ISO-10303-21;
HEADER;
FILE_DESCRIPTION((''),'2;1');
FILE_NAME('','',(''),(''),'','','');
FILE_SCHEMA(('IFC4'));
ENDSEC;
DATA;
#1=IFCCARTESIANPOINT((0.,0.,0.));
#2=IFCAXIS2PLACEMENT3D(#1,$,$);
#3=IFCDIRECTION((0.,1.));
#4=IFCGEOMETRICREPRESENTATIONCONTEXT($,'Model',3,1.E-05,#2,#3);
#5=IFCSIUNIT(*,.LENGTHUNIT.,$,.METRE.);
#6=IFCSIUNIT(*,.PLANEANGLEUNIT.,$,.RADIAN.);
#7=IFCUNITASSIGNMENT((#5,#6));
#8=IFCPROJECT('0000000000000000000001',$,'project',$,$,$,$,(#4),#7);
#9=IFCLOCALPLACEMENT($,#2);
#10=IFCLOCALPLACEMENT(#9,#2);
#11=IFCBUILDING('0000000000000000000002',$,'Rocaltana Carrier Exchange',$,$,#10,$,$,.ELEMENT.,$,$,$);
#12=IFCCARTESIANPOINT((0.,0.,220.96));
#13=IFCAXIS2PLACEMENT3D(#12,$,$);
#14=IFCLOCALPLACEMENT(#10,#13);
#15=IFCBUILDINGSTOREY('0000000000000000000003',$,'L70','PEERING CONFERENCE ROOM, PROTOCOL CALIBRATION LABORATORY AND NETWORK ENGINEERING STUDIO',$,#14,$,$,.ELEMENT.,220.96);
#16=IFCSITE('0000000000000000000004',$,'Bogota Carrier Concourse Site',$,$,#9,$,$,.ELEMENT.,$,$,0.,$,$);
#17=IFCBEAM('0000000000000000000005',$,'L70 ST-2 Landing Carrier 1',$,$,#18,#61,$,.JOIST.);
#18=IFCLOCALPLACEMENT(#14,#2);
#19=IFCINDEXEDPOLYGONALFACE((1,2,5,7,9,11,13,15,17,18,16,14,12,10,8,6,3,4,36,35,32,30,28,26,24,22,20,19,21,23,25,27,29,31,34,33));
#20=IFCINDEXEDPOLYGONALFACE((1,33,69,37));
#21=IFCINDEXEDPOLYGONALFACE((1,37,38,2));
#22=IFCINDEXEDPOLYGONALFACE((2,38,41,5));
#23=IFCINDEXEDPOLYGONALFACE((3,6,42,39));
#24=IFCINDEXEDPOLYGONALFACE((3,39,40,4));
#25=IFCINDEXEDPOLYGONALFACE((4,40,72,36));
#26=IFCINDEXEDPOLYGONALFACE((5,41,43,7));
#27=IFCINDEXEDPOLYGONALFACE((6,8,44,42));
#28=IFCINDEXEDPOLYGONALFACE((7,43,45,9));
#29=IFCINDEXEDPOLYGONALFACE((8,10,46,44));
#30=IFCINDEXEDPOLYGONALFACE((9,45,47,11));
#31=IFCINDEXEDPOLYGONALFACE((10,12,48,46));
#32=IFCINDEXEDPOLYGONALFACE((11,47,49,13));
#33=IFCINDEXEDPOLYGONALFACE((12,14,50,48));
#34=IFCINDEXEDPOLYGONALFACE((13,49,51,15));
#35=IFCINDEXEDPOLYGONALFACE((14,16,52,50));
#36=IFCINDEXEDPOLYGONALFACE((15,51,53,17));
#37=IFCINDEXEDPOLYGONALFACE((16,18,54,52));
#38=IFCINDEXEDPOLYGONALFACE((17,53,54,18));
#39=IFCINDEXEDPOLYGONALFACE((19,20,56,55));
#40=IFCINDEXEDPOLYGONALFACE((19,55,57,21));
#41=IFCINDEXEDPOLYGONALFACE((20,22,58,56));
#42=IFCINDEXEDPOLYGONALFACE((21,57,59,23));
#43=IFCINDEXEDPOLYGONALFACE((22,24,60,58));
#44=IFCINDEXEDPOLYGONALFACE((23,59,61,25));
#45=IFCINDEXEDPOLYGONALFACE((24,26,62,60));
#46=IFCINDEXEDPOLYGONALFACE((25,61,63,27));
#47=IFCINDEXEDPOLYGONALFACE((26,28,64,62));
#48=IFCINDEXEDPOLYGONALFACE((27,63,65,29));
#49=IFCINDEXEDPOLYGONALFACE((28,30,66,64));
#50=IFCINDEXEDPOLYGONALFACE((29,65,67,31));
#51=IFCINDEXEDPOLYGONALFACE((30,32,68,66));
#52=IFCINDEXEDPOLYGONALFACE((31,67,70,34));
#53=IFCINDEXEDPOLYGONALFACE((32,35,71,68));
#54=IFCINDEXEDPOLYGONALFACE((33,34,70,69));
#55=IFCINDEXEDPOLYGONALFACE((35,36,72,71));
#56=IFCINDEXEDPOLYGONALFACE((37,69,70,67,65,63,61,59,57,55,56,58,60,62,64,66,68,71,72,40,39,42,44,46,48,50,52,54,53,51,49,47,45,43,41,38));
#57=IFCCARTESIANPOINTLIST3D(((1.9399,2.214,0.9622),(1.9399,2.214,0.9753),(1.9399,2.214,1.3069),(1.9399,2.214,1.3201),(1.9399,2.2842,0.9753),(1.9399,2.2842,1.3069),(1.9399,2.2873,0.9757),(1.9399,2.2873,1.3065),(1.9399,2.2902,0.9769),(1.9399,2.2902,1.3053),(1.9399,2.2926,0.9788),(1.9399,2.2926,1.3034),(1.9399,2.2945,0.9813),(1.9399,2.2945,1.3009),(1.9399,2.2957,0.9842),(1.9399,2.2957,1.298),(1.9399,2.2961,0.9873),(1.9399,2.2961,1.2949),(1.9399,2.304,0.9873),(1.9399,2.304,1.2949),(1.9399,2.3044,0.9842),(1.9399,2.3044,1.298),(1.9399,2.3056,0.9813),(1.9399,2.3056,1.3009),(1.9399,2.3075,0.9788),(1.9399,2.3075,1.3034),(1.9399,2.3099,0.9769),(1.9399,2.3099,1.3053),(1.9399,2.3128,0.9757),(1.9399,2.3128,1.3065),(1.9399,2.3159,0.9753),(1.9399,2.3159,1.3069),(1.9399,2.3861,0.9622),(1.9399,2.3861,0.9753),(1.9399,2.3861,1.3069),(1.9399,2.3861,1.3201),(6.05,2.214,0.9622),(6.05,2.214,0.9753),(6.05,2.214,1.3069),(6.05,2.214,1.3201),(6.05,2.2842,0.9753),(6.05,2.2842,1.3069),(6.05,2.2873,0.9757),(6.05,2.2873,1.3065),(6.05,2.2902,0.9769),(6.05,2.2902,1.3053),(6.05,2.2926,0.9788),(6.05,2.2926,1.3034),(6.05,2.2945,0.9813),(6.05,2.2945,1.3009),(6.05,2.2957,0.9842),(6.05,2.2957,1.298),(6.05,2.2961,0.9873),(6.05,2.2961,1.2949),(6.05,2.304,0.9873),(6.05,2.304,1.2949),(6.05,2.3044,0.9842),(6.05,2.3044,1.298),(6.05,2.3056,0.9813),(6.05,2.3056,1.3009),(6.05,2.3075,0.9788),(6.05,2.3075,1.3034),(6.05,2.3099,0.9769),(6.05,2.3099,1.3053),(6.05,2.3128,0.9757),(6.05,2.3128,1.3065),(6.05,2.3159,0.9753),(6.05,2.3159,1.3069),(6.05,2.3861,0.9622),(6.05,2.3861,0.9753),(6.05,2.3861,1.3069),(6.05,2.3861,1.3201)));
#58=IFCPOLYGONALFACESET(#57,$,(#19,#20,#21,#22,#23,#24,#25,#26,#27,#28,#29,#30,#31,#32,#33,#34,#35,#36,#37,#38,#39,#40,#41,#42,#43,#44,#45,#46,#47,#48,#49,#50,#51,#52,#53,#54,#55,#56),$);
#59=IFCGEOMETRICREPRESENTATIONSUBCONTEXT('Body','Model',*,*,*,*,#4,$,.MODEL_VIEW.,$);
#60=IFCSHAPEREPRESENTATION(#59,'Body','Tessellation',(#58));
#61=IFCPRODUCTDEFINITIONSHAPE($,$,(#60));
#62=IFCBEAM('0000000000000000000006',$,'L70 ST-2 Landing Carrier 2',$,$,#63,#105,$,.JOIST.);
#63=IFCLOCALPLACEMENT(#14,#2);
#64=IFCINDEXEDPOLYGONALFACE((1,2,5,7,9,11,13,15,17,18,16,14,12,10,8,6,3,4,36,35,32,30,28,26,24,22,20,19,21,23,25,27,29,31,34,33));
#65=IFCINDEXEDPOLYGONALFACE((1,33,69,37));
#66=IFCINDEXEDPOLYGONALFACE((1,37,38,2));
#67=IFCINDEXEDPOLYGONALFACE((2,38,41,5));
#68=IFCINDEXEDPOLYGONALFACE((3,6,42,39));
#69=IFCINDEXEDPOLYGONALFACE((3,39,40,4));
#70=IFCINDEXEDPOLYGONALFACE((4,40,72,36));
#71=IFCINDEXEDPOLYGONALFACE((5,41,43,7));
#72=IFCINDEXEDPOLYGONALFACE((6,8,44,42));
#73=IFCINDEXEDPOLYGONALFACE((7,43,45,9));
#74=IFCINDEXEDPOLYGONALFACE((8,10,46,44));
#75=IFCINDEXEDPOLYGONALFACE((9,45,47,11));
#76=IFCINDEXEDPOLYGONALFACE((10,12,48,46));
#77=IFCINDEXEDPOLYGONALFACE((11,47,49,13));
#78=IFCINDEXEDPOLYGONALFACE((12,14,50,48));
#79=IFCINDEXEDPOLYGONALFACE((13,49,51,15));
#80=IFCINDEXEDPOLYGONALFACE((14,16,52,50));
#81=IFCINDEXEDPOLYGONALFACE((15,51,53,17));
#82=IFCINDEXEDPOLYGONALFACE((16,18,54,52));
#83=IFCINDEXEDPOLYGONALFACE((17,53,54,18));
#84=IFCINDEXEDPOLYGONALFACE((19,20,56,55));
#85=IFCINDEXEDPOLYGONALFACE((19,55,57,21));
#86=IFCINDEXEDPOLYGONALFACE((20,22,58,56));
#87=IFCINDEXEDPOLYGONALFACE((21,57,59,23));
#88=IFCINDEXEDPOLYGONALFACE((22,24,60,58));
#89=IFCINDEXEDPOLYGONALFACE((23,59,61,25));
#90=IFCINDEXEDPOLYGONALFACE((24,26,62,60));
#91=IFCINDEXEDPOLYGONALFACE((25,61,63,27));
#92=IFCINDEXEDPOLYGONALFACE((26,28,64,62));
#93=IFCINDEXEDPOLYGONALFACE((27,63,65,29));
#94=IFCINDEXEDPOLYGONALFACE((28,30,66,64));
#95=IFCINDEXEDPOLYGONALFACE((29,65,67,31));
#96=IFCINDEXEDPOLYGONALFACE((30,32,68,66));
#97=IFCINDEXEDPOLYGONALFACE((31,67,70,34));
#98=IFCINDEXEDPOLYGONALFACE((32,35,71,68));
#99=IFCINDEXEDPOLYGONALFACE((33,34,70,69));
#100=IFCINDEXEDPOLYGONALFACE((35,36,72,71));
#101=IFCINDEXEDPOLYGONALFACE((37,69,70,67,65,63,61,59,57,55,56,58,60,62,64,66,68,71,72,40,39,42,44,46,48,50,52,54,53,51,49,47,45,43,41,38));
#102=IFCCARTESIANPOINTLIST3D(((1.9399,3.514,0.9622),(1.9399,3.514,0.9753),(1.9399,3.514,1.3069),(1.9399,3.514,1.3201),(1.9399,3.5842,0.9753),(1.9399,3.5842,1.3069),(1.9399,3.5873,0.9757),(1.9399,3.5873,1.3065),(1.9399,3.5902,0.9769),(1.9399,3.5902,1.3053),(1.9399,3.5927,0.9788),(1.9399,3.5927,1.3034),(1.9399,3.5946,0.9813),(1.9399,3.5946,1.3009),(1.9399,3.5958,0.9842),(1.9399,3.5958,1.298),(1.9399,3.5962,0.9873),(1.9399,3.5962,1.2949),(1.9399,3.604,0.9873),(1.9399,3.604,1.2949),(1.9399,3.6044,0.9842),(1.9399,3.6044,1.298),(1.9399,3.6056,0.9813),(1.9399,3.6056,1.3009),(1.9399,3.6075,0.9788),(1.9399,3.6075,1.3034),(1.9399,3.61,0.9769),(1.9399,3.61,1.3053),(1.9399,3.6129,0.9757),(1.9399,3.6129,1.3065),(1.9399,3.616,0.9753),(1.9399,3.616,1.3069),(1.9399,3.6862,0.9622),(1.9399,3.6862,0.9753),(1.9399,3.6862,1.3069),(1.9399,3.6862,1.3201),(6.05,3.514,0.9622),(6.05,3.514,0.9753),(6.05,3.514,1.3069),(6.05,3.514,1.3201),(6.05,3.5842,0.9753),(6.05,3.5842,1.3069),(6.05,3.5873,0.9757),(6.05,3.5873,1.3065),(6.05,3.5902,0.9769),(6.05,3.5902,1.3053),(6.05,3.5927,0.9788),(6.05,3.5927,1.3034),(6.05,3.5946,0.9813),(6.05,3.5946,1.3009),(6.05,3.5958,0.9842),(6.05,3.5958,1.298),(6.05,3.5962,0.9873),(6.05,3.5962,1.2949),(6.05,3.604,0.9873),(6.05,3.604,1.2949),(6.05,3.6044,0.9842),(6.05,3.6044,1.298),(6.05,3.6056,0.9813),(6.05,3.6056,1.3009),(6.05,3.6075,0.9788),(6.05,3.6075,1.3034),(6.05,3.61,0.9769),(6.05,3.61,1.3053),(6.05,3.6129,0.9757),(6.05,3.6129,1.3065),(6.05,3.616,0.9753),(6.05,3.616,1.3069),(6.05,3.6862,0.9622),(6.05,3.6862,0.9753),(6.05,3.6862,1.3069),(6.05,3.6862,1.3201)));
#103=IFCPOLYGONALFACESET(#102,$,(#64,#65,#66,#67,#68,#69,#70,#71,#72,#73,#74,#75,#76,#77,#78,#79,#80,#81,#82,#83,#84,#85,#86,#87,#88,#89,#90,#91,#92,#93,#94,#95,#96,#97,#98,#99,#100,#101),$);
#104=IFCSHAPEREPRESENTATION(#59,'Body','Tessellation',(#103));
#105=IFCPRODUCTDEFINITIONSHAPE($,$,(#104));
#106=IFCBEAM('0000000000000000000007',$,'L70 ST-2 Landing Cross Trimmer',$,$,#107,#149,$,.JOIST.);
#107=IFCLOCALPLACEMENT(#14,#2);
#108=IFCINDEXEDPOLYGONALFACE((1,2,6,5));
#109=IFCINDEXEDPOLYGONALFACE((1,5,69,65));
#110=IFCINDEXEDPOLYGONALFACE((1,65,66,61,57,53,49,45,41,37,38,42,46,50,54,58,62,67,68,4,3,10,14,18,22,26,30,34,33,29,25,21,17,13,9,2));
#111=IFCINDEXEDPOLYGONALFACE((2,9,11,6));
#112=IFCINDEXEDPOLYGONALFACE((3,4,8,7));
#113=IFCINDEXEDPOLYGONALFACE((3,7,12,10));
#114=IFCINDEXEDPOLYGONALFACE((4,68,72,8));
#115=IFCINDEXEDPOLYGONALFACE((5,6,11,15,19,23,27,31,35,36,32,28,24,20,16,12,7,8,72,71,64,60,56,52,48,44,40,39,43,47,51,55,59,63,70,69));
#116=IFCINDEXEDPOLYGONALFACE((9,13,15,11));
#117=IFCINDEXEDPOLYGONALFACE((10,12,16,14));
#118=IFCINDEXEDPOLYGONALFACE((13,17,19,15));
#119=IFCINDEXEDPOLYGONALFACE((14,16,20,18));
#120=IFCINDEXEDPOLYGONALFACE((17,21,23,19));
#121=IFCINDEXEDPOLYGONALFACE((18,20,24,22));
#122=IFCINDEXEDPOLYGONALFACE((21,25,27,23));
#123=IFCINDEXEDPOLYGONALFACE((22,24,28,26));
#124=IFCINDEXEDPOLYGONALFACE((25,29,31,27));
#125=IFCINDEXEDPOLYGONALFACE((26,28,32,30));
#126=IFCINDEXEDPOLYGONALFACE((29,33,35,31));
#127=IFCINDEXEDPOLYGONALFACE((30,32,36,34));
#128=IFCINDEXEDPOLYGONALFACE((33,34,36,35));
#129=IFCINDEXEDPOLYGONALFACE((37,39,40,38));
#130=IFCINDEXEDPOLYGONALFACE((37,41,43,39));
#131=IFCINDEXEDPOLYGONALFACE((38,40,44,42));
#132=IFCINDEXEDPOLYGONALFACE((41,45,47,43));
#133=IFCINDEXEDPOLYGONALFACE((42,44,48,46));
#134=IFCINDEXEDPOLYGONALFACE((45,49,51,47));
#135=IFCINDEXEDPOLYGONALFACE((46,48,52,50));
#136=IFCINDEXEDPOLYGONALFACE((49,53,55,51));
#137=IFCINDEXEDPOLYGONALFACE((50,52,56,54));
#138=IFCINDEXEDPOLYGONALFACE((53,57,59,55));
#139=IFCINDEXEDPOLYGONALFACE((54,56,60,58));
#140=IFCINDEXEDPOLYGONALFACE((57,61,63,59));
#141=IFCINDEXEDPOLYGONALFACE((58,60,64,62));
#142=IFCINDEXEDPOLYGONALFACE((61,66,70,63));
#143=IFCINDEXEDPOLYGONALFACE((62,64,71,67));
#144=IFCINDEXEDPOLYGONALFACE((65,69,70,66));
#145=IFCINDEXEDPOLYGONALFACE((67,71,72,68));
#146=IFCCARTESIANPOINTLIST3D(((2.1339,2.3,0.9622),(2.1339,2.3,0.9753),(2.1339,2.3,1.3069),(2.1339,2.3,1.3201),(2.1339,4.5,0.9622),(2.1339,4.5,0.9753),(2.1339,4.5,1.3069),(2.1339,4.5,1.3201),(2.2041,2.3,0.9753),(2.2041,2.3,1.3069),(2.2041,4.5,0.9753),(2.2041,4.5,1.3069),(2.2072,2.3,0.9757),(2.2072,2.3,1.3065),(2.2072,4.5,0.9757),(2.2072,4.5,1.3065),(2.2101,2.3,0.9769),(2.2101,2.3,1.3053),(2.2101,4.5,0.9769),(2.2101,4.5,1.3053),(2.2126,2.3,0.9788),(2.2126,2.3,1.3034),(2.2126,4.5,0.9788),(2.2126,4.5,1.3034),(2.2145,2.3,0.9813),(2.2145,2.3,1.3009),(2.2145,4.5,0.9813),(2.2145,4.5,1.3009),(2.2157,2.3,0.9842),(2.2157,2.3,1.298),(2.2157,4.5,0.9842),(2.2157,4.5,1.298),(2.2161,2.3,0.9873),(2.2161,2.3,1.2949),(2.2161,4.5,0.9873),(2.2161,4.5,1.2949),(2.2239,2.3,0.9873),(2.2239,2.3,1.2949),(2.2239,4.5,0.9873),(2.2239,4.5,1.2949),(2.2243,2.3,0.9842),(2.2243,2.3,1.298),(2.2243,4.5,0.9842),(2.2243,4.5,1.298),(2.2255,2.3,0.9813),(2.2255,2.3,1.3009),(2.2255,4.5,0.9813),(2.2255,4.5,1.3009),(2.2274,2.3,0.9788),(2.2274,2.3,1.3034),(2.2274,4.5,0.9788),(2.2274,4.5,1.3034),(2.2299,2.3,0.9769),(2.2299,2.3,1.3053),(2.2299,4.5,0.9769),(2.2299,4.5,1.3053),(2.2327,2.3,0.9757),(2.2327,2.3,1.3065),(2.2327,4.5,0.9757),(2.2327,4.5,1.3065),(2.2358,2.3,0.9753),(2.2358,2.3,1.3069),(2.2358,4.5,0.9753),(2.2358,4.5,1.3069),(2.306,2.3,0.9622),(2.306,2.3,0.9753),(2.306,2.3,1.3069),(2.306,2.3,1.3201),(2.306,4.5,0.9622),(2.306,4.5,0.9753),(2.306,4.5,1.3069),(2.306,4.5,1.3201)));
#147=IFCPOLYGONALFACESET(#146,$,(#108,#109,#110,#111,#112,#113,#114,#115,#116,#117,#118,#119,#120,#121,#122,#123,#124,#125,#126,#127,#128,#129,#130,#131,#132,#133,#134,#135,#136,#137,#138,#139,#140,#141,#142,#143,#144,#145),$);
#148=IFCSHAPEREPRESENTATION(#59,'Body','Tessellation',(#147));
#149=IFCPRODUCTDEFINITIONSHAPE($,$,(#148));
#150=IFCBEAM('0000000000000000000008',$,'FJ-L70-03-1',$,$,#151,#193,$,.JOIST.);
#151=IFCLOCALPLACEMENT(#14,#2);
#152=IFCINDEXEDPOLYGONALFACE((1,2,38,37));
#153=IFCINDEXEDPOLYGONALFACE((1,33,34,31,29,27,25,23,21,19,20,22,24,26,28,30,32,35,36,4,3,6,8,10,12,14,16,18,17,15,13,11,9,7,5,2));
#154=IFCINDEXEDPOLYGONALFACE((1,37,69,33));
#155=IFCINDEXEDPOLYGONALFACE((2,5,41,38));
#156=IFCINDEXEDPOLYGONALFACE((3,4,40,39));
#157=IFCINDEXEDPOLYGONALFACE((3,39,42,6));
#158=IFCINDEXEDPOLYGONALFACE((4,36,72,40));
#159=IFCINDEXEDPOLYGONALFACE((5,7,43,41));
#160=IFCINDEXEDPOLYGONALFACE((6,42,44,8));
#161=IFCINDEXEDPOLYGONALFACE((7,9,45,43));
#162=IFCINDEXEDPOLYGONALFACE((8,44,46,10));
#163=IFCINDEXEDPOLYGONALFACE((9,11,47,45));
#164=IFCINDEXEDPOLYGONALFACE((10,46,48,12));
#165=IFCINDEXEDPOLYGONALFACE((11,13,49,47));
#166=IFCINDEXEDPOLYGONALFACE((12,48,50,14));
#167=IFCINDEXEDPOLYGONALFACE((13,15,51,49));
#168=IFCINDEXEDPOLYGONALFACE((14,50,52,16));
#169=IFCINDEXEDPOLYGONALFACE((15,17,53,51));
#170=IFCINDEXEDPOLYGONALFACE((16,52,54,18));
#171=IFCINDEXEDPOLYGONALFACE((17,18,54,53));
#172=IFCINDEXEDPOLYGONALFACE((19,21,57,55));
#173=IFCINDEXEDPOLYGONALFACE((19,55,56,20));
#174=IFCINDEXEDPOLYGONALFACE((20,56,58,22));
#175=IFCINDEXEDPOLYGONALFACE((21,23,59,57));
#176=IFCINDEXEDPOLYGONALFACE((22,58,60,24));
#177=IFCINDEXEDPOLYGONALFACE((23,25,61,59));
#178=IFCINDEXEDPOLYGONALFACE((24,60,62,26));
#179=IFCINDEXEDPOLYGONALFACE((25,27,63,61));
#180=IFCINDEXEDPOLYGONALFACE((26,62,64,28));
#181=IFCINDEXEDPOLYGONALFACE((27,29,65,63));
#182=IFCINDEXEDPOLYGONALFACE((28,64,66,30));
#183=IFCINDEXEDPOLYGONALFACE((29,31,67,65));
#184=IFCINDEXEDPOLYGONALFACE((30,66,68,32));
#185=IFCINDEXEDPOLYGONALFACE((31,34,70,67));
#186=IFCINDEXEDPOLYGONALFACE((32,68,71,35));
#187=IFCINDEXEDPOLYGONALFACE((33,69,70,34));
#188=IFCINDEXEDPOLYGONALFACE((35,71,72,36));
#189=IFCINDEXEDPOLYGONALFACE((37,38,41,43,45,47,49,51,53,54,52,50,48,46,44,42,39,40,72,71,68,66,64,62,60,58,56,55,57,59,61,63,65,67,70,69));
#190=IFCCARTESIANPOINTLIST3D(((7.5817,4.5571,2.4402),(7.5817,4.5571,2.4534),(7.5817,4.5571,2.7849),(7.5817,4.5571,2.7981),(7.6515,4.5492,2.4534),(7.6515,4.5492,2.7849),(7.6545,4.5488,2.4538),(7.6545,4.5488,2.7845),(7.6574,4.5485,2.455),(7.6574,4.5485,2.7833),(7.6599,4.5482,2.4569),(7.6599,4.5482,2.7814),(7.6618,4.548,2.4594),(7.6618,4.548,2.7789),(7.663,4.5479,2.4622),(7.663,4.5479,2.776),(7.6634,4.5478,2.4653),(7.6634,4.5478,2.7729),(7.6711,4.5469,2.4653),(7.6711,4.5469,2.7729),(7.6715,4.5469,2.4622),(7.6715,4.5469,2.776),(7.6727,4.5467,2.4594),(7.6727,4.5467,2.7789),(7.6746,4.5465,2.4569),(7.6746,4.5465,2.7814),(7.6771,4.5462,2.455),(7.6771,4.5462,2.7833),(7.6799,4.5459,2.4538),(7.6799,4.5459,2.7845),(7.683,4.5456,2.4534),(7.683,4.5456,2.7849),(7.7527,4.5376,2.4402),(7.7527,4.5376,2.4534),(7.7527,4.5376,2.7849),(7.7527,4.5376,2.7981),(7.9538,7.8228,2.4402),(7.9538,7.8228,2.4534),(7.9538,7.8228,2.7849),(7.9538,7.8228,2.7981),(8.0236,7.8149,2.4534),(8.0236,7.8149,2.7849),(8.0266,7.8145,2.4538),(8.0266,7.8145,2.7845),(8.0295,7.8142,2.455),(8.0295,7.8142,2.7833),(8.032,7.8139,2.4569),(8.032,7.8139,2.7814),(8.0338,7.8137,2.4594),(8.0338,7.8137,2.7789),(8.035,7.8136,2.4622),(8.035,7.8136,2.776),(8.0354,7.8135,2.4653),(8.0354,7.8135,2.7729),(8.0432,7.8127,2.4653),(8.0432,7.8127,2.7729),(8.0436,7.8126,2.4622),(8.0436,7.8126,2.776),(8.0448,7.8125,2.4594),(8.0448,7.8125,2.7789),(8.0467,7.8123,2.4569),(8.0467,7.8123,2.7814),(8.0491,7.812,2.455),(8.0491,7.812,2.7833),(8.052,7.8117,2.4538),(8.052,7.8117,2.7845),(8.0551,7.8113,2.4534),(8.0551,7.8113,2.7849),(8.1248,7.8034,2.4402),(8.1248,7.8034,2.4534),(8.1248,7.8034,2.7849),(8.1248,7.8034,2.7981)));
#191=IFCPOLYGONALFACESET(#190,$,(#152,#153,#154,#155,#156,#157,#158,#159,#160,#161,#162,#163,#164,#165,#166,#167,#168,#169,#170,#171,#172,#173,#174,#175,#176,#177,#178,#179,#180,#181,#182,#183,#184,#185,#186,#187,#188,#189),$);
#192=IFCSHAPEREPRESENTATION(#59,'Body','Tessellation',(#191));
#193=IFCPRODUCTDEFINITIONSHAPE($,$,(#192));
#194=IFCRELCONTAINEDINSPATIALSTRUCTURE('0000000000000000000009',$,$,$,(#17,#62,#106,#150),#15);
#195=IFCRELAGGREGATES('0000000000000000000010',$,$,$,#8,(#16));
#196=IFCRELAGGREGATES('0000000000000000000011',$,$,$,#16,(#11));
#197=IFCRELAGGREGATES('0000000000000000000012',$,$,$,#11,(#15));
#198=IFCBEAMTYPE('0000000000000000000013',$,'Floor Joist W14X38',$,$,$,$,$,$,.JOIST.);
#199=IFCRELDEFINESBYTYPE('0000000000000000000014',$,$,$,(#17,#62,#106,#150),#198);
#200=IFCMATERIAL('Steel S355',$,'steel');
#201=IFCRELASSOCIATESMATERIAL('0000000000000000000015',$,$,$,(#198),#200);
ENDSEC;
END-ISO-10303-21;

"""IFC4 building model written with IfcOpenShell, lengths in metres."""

from ifc_helpers import new_model, si_unit, direction, frame, origin, origin_2d, place, context, subcontext, project, spatial, i_section, extrude, material, material_profile, profile_set, type_object, element, save


model = new_model("IFC4")

# Units and contexts
model_context = context("Model", 3, precision=1e-05, world=origin(), true_north=direction((0.0, 1.0)))
body_context = subcontext(model_context, "Body", "Model", "MODEL_VIEW")
ifc_project = project(units=[si_unit("LENGTHUNIT", "METRE"), si_unit("PLANEANGLEUNIT", "RADIAN")], contexts=[model_context])

# Site, building, storey
site_placement = place(None, origin())
site = spatial("IfcSite", under=ifc_project, at=site_placement, Name="Bogota Carrier Concourse Site", CompositionType="ELEMENT", RefElevation=0.0)
building_placement = place(site_placement, origin())
building = spatial("IfcBuilding", under=site, at=building_placement, Name="Rocaltana Carrier Exchange", CompositionType="ELEMENT")
storey_placement = place(building_placement, frame((0.0, 0.0, 220.96)))
storey = spatial("IfcBuildingStorey", under=building, at=storey_placement, Name="L70", Description="PEERING CONFERENCE ROOM, PROTOCOL CALIBRATION LABORATORY AND NETWORK ENGINEERING STUDIO", CompositionType="ELEMENT", Elevation=220.96)

# Beams
ifc_material_1 = material(Name="Steel S355", Category="steel")
ifc_material_profile_1 = material_profile(ifc_material_1, i_section(OverallWidth=0.1721, OverallDepth=0.3579, WebThickness=0.0078, FlangeThickness=0.0132, FilletRadius=0.012, at=origin_2d()), Name="W14X38")
ifc_profile_set_1 = profile_set([ifc_material_profile_1], Name="Steel S355")
beam_type_1 = type_object("IfcBeamType", Name="Floor Joist W14X38", PredefinedType="JOIST", material=ifc_profile_set_1)
for number, where, z_axis, x_axis, name in (
    (1, (1.9399, 2.3, 1.1411), (1.0, 0.0, 0.0), (0.0, 1.0, 0.0), "L70 ST-2 Landing Carrier 1"),
    (2, (1.9399, 3.6001, 1.1411), (1.0, 0.0, 0.0), (0.0, 1.0, 0.0), "L70 ST-2 Landing Carrier 2"),
):
    element("IfcBeam", number, at=place(storey_placement, frame(where, z_axis=z_axis, x_axis=x_axis)), inside=storey, type_object=beam_type_1, Name=name, PredefinedType="JOIST", context=body_context, shape_type="SweptSolid", body=[
        extrude(i_section(OverallWidth=0.1721, OverallDepth=0.3579, WebThickness=0.0078, FlangeThickness=0.0132, FilletRadius=0.012, at=origin_2d()), origin(), (0.0, 0.0, 1.0), 4.1101),
    ])
beam_1_placement = place(storey_placement, frame((2.22, 2.3, 1.1411), z_axis=(0.0, 1.0, 0.0), x_axis=(-1.0, 0.0, 0.0)))
element("IfcBeam", 3, at=beam_1_placement, inside=storey, type_object=beam_type_1, Name="L70 ST-2 Landing Cross Trimmer", PredefinedType="JOIST", context=body_context, shape_type="SweptSolid", body=[
    extrude(i_section(OverallWidth=0.1721, OverallDepth=0.3579, WebThickness=0.0078, FlangeThickness=0.0132, FilletRadius=0.012, at=origin_2d()), origin(), (0.0, 0.0, 1.0), 2.2),
])
beam_2_placement = place(storey_placement, frame((7.6672, 4.5474, 2.6191), z_axis=(0.113203, 0.993572, 0.0), x_axis=(-0.993572, 0.113203, 0.0)))
element("IfcBeam", 4, at=beam_2_placement, inside=storey, type_object=beam_type_1, Name="FJ-L70-03-1", PredefinedType="JOIST", context=body_context, shape_type="SweptSolid", body=[
    extrude(i_section(OverallWidth=0.1721, OverallDepth=0.3579, WebThickness=0.0078, FlangeThickness=0.0132, FilletRadius=0.012, at=origin_2d()), origin(), (0.0, 0.0, 1.0), 3.2869),
])

save(model, "model.ifc")
